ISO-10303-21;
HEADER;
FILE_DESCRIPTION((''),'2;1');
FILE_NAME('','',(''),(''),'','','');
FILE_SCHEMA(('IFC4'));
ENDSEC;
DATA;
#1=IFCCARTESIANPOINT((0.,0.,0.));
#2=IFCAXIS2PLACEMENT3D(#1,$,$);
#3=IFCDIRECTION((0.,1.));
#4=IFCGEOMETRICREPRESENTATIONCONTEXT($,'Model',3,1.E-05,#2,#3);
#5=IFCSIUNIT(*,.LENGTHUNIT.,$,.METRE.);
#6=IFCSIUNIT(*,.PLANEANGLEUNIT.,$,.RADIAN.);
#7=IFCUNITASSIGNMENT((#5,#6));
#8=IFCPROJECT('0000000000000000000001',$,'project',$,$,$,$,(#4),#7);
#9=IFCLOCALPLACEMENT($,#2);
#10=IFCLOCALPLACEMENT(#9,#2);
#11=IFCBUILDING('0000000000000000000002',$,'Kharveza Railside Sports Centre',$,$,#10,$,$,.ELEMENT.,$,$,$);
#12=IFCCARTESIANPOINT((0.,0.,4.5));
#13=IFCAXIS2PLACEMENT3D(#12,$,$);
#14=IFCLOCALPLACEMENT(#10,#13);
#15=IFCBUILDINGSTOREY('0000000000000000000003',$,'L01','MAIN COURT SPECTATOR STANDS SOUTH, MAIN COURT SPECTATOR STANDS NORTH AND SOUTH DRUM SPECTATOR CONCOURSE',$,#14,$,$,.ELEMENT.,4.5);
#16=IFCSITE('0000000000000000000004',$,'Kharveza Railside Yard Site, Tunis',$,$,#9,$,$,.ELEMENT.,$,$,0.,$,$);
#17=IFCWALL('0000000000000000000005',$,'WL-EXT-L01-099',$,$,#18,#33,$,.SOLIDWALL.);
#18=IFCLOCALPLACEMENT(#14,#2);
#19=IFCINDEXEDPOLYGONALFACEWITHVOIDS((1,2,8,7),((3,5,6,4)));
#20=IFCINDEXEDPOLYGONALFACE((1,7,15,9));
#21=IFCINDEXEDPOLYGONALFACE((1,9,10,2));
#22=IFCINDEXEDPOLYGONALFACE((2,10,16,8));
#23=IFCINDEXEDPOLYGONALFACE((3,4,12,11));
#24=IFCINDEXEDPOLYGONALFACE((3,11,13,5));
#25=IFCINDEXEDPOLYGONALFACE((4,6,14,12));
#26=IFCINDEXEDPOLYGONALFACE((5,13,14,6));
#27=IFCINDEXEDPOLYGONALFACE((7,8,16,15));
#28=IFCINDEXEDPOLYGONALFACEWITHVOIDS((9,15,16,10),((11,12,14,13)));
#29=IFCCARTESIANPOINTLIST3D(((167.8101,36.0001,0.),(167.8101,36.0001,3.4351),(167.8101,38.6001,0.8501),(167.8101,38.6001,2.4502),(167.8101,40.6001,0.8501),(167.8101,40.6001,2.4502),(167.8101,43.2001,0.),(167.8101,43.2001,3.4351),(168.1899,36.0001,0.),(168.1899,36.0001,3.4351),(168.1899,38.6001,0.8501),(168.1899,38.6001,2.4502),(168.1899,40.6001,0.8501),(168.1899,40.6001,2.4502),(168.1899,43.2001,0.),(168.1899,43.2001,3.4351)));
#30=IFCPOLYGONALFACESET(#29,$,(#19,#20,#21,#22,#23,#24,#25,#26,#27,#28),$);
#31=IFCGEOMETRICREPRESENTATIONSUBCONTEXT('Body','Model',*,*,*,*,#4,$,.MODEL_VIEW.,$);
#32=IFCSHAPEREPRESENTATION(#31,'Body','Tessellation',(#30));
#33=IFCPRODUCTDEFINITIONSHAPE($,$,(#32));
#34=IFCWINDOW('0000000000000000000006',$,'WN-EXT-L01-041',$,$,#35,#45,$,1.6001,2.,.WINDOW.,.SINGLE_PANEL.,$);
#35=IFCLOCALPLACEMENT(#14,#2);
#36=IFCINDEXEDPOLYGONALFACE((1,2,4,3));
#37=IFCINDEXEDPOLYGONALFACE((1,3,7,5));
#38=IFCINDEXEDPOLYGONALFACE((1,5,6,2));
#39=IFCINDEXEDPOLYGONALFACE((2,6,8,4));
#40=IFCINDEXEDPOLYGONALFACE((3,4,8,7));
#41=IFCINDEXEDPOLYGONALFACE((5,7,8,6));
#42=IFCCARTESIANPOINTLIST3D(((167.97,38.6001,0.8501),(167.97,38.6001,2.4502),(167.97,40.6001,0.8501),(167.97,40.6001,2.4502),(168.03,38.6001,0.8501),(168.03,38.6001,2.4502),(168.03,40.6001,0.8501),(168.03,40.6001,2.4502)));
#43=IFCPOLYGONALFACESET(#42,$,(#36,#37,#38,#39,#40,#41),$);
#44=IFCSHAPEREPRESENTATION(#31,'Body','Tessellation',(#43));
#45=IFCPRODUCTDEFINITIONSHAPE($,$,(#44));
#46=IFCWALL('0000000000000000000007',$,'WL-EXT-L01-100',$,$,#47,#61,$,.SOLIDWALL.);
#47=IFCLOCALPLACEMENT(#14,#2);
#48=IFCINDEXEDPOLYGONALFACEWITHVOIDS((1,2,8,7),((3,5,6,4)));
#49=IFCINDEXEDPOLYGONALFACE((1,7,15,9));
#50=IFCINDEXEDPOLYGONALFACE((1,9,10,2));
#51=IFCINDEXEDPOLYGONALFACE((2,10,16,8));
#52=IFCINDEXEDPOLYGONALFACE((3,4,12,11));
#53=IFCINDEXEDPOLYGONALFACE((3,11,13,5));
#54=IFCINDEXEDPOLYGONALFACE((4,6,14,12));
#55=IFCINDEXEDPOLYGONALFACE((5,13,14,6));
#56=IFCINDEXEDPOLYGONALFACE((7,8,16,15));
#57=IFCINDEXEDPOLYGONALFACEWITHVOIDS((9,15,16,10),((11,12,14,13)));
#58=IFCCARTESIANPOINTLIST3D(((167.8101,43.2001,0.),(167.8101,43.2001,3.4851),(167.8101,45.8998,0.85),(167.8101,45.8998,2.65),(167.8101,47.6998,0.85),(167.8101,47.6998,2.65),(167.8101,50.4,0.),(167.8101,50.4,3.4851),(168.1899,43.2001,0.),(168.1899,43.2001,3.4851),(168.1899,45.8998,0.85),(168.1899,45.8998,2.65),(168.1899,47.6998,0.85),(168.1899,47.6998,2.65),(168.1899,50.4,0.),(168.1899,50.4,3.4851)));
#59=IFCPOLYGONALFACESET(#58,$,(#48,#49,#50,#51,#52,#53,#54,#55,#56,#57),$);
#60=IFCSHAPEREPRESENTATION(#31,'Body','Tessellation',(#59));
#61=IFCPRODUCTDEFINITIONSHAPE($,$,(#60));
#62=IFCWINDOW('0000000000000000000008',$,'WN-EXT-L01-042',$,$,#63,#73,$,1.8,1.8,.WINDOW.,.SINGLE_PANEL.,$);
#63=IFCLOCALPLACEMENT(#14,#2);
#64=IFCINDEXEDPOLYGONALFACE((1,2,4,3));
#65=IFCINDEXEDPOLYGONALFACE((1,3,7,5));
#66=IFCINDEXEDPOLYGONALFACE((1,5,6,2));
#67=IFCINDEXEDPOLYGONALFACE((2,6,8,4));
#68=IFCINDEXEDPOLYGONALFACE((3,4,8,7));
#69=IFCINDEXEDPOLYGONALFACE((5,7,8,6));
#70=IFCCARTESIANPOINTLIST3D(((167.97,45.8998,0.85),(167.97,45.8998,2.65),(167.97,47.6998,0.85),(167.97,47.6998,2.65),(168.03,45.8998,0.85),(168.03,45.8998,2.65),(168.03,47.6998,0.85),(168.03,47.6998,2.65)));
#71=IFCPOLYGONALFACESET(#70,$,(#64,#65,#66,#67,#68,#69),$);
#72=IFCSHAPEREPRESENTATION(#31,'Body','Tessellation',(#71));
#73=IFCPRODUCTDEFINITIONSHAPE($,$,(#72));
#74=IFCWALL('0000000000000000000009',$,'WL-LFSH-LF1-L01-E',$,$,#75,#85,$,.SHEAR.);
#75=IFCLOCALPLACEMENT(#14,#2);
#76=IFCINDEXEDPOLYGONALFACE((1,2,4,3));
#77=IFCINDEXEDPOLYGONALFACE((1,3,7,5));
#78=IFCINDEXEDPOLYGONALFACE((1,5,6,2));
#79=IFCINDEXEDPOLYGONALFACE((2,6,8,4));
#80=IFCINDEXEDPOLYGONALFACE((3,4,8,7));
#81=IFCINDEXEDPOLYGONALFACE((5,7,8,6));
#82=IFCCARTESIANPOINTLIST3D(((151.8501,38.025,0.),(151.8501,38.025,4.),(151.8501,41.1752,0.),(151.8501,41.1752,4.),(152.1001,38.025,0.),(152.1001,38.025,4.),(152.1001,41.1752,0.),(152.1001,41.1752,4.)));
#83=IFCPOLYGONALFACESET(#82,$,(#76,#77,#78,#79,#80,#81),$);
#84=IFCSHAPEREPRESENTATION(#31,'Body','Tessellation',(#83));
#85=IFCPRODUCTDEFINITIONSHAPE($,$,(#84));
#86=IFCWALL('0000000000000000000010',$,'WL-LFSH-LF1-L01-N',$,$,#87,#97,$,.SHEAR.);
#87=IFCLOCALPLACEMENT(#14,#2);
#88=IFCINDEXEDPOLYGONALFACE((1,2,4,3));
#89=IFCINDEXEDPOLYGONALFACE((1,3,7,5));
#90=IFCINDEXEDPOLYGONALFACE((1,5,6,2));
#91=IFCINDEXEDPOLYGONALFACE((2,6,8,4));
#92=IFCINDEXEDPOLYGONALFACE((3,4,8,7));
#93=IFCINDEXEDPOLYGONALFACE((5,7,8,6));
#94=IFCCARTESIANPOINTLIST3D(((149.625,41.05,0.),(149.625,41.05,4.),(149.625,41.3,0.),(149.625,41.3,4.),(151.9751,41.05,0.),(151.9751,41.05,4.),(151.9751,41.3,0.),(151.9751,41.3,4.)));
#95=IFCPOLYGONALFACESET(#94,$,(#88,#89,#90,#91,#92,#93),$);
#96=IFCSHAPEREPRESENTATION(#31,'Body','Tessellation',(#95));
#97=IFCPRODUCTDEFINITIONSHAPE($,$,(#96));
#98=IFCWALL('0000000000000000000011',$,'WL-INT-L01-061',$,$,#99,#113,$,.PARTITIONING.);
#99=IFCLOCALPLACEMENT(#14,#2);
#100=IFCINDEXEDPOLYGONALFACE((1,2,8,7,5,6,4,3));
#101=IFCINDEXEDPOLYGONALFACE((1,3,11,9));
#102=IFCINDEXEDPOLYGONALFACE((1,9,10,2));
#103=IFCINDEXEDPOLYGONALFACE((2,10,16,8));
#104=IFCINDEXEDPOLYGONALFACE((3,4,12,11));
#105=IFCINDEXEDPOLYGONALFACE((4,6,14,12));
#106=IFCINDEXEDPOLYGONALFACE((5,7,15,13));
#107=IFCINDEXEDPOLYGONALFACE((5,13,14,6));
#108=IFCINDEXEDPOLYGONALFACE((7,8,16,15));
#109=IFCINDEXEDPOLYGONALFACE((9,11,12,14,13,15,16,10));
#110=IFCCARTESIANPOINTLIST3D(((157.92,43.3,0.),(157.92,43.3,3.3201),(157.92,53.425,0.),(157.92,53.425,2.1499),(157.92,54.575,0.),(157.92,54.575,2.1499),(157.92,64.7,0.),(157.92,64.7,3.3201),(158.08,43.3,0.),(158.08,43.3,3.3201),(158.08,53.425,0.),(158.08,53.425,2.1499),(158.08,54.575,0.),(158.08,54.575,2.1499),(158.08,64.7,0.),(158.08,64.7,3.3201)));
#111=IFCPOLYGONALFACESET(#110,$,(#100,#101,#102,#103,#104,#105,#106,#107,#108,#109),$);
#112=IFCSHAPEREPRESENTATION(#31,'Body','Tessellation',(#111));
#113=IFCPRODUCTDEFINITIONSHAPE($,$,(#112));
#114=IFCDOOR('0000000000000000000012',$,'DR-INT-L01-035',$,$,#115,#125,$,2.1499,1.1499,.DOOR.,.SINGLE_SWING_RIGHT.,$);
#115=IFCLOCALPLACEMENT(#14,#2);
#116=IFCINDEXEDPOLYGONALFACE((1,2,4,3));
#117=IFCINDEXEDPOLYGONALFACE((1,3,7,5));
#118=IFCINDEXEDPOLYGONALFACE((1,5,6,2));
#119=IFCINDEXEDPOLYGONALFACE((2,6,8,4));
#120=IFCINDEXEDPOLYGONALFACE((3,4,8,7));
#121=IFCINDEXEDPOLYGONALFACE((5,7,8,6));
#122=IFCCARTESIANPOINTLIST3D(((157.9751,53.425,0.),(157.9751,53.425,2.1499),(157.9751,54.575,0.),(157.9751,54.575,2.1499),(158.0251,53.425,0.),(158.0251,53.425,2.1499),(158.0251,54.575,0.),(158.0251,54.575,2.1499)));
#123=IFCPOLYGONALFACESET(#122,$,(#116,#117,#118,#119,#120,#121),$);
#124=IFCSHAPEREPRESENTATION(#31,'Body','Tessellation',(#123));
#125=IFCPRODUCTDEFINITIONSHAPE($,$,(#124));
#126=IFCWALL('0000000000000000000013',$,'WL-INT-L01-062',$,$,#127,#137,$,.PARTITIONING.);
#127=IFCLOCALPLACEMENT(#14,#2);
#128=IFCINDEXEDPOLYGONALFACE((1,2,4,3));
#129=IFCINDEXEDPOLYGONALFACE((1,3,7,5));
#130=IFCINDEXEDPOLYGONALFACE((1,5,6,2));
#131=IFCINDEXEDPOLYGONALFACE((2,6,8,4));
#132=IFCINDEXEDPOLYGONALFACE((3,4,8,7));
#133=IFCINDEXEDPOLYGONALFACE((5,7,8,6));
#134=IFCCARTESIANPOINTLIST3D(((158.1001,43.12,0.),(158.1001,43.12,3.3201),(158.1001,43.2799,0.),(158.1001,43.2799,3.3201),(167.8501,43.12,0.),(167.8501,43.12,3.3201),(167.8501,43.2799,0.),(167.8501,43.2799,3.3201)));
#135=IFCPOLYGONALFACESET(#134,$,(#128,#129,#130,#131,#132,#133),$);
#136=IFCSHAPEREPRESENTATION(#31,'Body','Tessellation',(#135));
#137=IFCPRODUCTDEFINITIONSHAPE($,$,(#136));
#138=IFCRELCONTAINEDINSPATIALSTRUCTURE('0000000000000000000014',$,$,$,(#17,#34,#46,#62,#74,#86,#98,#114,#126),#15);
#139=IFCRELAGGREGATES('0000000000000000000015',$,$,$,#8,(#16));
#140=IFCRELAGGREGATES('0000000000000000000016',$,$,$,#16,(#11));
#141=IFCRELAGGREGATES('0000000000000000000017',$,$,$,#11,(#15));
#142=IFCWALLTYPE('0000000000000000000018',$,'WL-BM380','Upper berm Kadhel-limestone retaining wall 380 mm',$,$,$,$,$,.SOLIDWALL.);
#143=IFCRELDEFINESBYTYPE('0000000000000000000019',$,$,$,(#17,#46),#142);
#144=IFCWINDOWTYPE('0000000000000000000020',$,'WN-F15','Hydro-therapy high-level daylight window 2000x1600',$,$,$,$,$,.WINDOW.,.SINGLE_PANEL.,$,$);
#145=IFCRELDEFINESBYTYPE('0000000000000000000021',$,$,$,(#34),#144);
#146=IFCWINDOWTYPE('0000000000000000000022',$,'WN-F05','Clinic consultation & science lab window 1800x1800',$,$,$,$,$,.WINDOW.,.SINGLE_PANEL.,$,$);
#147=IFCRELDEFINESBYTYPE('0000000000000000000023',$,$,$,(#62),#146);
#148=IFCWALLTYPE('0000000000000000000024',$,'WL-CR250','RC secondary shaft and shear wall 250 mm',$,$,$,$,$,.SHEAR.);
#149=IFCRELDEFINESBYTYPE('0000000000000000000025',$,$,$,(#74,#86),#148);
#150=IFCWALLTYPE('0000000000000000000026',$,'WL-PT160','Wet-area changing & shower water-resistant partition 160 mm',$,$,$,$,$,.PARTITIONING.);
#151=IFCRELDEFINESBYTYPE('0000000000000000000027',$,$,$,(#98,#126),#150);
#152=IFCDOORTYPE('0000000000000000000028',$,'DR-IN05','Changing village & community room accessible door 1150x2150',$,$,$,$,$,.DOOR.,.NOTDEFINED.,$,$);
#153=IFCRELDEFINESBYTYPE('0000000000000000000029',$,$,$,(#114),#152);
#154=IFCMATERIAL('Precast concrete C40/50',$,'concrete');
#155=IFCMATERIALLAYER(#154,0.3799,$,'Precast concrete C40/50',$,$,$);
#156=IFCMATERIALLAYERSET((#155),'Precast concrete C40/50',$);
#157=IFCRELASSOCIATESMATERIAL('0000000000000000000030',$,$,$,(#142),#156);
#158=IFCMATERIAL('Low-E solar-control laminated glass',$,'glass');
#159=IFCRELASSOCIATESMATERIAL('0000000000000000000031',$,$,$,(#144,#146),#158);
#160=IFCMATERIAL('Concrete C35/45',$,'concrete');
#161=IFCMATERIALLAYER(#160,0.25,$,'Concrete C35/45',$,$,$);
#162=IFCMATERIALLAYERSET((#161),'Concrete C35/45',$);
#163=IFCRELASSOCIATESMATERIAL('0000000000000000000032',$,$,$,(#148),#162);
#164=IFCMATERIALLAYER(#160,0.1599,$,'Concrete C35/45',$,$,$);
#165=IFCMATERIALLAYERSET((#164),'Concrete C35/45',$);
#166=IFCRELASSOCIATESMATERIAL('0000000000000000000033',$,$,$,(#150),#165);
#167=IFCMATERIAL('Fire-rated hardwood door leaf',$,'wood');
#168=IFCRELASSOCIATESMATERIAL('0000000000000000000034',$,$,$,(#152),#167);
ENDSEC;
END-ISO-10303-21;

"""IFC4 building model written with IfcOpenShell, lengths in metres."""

from ifc_helpers import new_model, si_unit, direction, frame, frame_2d, origin, place, context, subcontext, project, spatial, rectangle, extrude, material, layer, layer_set, type_object, element, fill, save


model = new_model("IFC4")

# Units and contexts
model_context = context("Model", 3, precision=1e-05, world=origin(), true_north=direction((0.0, 1.0)))
body_context = subcontext(model_context, "Body", "Model", "MODEL_VIEW")
ifc_project = project(units=[si_unit("LENGTHUNIT", "METRE"), si_unit("PLANEANGLEUNIT", "RADIAN")], contexts=[model_context])

# Site, building, storey
site_placement = place(None, origin())
site = spatial("IfcSite", under=ifc_project, at=site_placement, Name="Kharveza Railside Yard Site, Tunis", CompositionType="ELEMENT", RefElevation=0.0)
building_placement = place(site_placement, origin())
building = spatial("IfcBuilding", under=site, at=building_placement, Name="Kharveza Railside Sports Centre", CompositionType="ELEMENT")
storey_placement = place(building_placement, frame((0.0, 0.0, 4.5)))
storey = spatial("IfcBuildingStorey", under=building, at=storey_placement, Name="L01", Description="MAIN COURT SPECTATOR STANDS SOUTH, MAIN COURT SPECTATOR STANDS NORTH AND SOUTH DRUM SPECTATOR CONCOURSE", CompositionType="ELEMENT", Elevation=4.5)

# Walls, openings, windows
ifc_material_1 = material(Name="Precast concrete C40/50", Category="concrete")
ifc_layer_1 = layer(ifc_material_1, 0.3799, Name="Precast concrete C40/50")
ifc_layer_set_1 = layer_set([ifc_layer_1], Name="Precast concrete C40/50")
wall_type_1 = type_object("IfcWallType", Name="WL-BM380", Description="Upper berm Kadhel-limestone retaining wall 380 mm", PredefinedType="SOLIDWALL", material=ifc_layer_set_1)
wall_1_placement = place(storey_placement, frame((168.0, 36.0, 0.0), z_axis=(0.0, 0.0, 1.0), x_axis=(0.0, 1.0, 0.0)))
wall_1 = element("IfcWall", 1, at=wall_1_placement, inside=storey, type_object=wall_type_1, Name="WL-EXT-L01-099", PredefinedType="SOLIDWALL", context=body_context, shape_type="SweptSolid", body=[
    extrude(rectangle(XDim=7.2, YDim=0.3799, at=frame_2d((3.6001, 0.0))), origin(), (0.0, 0.0, 1.0), 3.4351),
])
opening_1_placement = place(wall_1_placement, frame((2.6001, 0.0, 0.8501)))
opening_1 = element("IfcOpeningElement", 2, at=opening_1_placement, cuts=wall_1, PredefinedType="OPENING", context=body_context, shape_type="SweptSolid", body=[
    extrude(rectangle(XDim=2.0, YDim=1.6001, at=frame_2d((1.0, 0.8))), frame((0.0, 0.2148, 0.0), z_axis=(0.0, -1.0, 0.0), x_axis=(1.0, 0.0, 0.0)), (0.0, 0.0, 1.0), 0.4297),
])
ifc_material_2 = material(Name="Low-E solar-control laminated glass", Category="glass")
window_type_1 = type_object("IfcWindowType", Name="WN-F15", Description="Hydro-therapy high-level daylight window 2000x1600", PartitioningType="SINGLE_PANEL", PredefinedType="WINDOW", material=ifc_material_2)
window_1_placement = place(opening_1_placement, origin())
window_1 = element("IfcWindow", 3, at=window_1_placement, inside=storey, type_object=window_type_1, Name="WN-EXT-L01-041", OverallHeight=1.6001, OverallWidth=2.0, PartitioningType="SINGLE_PANEL", PredefinedType="WINDOW", context=body_context, shape_type="SweptSolid", body=[
    extrude(rectangle(XDim=2.0, YDim=1.6001, at=frame_2d((1.0, 0.8))), frame((0.0, 0.03, 0.0), z_axis=(0.0, -1.0, 0.0), x_axis=(1.0, 0.0, 0.0)), (0.0, 0.0, 1.0), 0.0601),
])
fill(opening_1, window_1)
wall_2_placement = place(storey_placement, frame((168.0, 43.2, 0.0), z_axis=(0.0, 0.0, 1.0), x_axis=(0.0, 1.0, 0.0)))
wall_2 = element("IfcWall", 4, at=wall_2_placement, inside=storey, type_object=wall_type_1, Name="WL-EXT-L01-100", PredefinedType="SOLIDWALL", context=body_context, shape_type="SweptSolid", body=[
    extrude(rectangle(XDim=7.2, YDim=0.3799, at=frame_2d((3.6001, 0.0))), origin(), (0.0, 0.0, 1.0), 3.4851),
])
opening_2_placement = place(wall_2_placement, frame((2.7, 0.0, 0.8501)))
opening_2 = element("IfcOpeningElement", 5, at=opening_2_placement, cuts=wall_2, PredefinedType="OPENING", context=body_context, shape_type="SweptSolid", body=[
    extrude(rectangle(XDim=1.8, YDim=1.8, at=frame_2d((0.8999, 0.8999))), frame((0.0, 0.2148, 0.0), z_axis=(0.0, -1.0, 0.0), x_axis=(1.0, 0.0, 0.0)), (0.0, 0.0, 1.0), 0.4297),
])
window_type_2 = type_object("IfcWindowType", Name="WN-F05", Description="Clinic consultation & science lab window 1800x1800", PartitioningType="SINGLE_PANEL", PredefinedType="WINDOW", material=ifc_material_2)
window_2_placement = place(opening_2_placement, origin())
window_2 = element("IfcWindow", 6, at=window_2_placement, inside=storey, type_object=window_type_2, Name="WN-EXT-L01-042", OverallHeight=1.8, OverallWidth=1.8, PartitioningType="SINGLE_PANEL", PredefinedType="WINDOW", context=body_context, shape_type="SweptSolid", body=[
    extrude(rectangle(XDim=1.8, YDim=1.8, at=frame_2d((0.8999, 0.8999))), frame((0.0, 0.03, 0.0), z_axis=(0.0, -1.0, 0.0), x_axis=(1.0, 0.0, 0.0)), (0.0, 0.0, 1.0), 0.0601),
])
fill(opening_2, window_2)

# Walls
ifc_material_3 = material(Name="Concrete C35/45", Category="concrete")
ifc_layer_2 = layer(ifc_material_3, 0.25, Name="Concrete C35/45")
ifc_layer_set_2 = layer_set([ifc_layer_2], Name="Concrete C35/45")
wall_type_2 = type_object("IfcWallType", Name="WL-CR250", Description="RC secondary shaft and shear wall 250 mm", PredefinedType="SHEAR", material=ifc_layer_set_2)
wall_3_placement = place(storey_placement, frame((151.9751, 38.0249, 0.0), z_axis=(0.0, 0.0, 1.0), x_axis=(0.0, 1.0, 0.0)))
element("IfcWall", 7, at=wall_3_placement, inside=storey, type_object=wall_type_2, Name="WL-LFSH-LF1-L01-E", PredefinedType="SHEAR", context=body_context, shape_type="SweptSolid", body=[
    extrude(rectangle(XDim=3.1501, YDim=0.25, at=frame_2d((1.5752, 0.0))), origin(), (0.0, 0.0, 1.0), 4.0),
])
wall_4_placement = place(storey_placement, frame((151.9751, 41.175, 0.0), z_axis=(0.0, 0.0, 1.0), x_axis=(-1.0, 0.0, 0.0)))
element("IfcWall", 8, at=wall_4_placement, inside=storey, type_object=wall_type_2, Name="WL-LFSH-LF1-L01-N", PredefinedType="SHEAR", context=body_context, shape_type="SweptSolid", body=[
    extrude(rectangle(XDim=2.3501, YDim=0.25, at=frame_2d((1.175, 0.0))), origin(), (0.0, 0.0, 1.0), 4.0),
])

# Wall, opening, door
ifc_layer_3 = layer(ifc_material_3, 0.1599, Name="Concrete C35/45")
ifc_layer_set_3 = layer_set([ifc_layer_3], Name="Concrete C35/45")
wall_type_3 = type_object("IfcWallType", Name="WL-PT160", Description="Wet-area changing & shower water-resistant partition 160 mm", PredefinedType="PARTITIONING", material=ifc_layer_set_3)
wall_5_placement = place(storey_placement, frame((158.0, 43.3, 0.0), z_axis=(0.0, 0.0, 1.0), x_axis=(0.0, 1.0, 0.0)))
wall_5 = element("IfcWall", 9, at=wall_5_placement, inside=storey, type_object=wall_type_3, Name="WL-INT-L01-061", PredefinedType="PARTITIONING", context=body_context, shape_type="SweptSolid", body=[
    extrude(rectangle(XDim=21.3999, YDim=0.1599, at=frame_2d((10.7, 0.0))), origin(), (0.0, 0.0, 1.0), 3.3201),
])
opening_3_placement = place(wall_5_placement, frame((10.125, 0.0, 0.0)))
opening_3 = element("IfcOpeningElement", 10, at=opening_3_placement, cuts=wall_5, PredefinedType="OPENING", context=body_context, shape_type="SweptSolid", body=[
    extrude(rectangle(XDim=1.1499, YDim=2.1499, at=frame_2d((0.575, 1.075))), frame((0.0, 0.105, 0.0), z_axis=(0.0, -1.0, 0.0), x_axis=(1.0, 0.0, 0.0)), (0.0, 0.0, 1.0), 0.2097),
])
ifc_material_4 = material(Name="Fire-rated hardwood door leaf", Category="wood")
door_type = type_object("IfcDoorType", Name="DR-IN05", Description="Changing village & community room accessible door 1150x2150", OperationType="NOTDEFINED", PredefinedType="DOOR", material=ifc_material_4)
door_placement = place(opening_3_placement, origin())
door = element("IfcDoor", 11, at=door_placement, inside=storey, type_object=door_type, Name="DR-INT-L01-035", OperationType="SINGLE_SWING_RIGHT", OverallHeight=2.1499, OverallWidth=1.1499, PredefinedType="DOOR", context=body_context, shape_type="SweptSolid", body=[
    extrude(rectangle(XDim=1.1499, YDim=2.1499, at=frame_2d((0.575, 1.075))), frame((0.0, 0.0249, 0.0), z_axis=(0.0, -1.0, 0.0), x_axis=(1.0, 0.0, 0.0)), (0.0, 0.0, 1.0), 0.05),
])
fill(opening_3, door)

# Wall
wall_6_placement = place(storey_placement, frame((158.1001, 43.2, 0.0), z_axis=(0.0, 0.0, 1.0), x_axis=(1.0, 0.0, 0.0)))
element("IfcWall", 12, at=wall_6_placement, inside=storey, type_object=wall_type_3, Name="WL-INT-L01-062", PredefinedType="PARTITIONING", context=body_context, shape_type="SweptSolid", body=[
    extrude(rectangle(XDim=9.75, YDim=0.1599, at=frame_2d((4.875, 0.0))), origin(), (0.0, 0.0, 1.0), 3.3201),
])

save(model, "model.ifc")
